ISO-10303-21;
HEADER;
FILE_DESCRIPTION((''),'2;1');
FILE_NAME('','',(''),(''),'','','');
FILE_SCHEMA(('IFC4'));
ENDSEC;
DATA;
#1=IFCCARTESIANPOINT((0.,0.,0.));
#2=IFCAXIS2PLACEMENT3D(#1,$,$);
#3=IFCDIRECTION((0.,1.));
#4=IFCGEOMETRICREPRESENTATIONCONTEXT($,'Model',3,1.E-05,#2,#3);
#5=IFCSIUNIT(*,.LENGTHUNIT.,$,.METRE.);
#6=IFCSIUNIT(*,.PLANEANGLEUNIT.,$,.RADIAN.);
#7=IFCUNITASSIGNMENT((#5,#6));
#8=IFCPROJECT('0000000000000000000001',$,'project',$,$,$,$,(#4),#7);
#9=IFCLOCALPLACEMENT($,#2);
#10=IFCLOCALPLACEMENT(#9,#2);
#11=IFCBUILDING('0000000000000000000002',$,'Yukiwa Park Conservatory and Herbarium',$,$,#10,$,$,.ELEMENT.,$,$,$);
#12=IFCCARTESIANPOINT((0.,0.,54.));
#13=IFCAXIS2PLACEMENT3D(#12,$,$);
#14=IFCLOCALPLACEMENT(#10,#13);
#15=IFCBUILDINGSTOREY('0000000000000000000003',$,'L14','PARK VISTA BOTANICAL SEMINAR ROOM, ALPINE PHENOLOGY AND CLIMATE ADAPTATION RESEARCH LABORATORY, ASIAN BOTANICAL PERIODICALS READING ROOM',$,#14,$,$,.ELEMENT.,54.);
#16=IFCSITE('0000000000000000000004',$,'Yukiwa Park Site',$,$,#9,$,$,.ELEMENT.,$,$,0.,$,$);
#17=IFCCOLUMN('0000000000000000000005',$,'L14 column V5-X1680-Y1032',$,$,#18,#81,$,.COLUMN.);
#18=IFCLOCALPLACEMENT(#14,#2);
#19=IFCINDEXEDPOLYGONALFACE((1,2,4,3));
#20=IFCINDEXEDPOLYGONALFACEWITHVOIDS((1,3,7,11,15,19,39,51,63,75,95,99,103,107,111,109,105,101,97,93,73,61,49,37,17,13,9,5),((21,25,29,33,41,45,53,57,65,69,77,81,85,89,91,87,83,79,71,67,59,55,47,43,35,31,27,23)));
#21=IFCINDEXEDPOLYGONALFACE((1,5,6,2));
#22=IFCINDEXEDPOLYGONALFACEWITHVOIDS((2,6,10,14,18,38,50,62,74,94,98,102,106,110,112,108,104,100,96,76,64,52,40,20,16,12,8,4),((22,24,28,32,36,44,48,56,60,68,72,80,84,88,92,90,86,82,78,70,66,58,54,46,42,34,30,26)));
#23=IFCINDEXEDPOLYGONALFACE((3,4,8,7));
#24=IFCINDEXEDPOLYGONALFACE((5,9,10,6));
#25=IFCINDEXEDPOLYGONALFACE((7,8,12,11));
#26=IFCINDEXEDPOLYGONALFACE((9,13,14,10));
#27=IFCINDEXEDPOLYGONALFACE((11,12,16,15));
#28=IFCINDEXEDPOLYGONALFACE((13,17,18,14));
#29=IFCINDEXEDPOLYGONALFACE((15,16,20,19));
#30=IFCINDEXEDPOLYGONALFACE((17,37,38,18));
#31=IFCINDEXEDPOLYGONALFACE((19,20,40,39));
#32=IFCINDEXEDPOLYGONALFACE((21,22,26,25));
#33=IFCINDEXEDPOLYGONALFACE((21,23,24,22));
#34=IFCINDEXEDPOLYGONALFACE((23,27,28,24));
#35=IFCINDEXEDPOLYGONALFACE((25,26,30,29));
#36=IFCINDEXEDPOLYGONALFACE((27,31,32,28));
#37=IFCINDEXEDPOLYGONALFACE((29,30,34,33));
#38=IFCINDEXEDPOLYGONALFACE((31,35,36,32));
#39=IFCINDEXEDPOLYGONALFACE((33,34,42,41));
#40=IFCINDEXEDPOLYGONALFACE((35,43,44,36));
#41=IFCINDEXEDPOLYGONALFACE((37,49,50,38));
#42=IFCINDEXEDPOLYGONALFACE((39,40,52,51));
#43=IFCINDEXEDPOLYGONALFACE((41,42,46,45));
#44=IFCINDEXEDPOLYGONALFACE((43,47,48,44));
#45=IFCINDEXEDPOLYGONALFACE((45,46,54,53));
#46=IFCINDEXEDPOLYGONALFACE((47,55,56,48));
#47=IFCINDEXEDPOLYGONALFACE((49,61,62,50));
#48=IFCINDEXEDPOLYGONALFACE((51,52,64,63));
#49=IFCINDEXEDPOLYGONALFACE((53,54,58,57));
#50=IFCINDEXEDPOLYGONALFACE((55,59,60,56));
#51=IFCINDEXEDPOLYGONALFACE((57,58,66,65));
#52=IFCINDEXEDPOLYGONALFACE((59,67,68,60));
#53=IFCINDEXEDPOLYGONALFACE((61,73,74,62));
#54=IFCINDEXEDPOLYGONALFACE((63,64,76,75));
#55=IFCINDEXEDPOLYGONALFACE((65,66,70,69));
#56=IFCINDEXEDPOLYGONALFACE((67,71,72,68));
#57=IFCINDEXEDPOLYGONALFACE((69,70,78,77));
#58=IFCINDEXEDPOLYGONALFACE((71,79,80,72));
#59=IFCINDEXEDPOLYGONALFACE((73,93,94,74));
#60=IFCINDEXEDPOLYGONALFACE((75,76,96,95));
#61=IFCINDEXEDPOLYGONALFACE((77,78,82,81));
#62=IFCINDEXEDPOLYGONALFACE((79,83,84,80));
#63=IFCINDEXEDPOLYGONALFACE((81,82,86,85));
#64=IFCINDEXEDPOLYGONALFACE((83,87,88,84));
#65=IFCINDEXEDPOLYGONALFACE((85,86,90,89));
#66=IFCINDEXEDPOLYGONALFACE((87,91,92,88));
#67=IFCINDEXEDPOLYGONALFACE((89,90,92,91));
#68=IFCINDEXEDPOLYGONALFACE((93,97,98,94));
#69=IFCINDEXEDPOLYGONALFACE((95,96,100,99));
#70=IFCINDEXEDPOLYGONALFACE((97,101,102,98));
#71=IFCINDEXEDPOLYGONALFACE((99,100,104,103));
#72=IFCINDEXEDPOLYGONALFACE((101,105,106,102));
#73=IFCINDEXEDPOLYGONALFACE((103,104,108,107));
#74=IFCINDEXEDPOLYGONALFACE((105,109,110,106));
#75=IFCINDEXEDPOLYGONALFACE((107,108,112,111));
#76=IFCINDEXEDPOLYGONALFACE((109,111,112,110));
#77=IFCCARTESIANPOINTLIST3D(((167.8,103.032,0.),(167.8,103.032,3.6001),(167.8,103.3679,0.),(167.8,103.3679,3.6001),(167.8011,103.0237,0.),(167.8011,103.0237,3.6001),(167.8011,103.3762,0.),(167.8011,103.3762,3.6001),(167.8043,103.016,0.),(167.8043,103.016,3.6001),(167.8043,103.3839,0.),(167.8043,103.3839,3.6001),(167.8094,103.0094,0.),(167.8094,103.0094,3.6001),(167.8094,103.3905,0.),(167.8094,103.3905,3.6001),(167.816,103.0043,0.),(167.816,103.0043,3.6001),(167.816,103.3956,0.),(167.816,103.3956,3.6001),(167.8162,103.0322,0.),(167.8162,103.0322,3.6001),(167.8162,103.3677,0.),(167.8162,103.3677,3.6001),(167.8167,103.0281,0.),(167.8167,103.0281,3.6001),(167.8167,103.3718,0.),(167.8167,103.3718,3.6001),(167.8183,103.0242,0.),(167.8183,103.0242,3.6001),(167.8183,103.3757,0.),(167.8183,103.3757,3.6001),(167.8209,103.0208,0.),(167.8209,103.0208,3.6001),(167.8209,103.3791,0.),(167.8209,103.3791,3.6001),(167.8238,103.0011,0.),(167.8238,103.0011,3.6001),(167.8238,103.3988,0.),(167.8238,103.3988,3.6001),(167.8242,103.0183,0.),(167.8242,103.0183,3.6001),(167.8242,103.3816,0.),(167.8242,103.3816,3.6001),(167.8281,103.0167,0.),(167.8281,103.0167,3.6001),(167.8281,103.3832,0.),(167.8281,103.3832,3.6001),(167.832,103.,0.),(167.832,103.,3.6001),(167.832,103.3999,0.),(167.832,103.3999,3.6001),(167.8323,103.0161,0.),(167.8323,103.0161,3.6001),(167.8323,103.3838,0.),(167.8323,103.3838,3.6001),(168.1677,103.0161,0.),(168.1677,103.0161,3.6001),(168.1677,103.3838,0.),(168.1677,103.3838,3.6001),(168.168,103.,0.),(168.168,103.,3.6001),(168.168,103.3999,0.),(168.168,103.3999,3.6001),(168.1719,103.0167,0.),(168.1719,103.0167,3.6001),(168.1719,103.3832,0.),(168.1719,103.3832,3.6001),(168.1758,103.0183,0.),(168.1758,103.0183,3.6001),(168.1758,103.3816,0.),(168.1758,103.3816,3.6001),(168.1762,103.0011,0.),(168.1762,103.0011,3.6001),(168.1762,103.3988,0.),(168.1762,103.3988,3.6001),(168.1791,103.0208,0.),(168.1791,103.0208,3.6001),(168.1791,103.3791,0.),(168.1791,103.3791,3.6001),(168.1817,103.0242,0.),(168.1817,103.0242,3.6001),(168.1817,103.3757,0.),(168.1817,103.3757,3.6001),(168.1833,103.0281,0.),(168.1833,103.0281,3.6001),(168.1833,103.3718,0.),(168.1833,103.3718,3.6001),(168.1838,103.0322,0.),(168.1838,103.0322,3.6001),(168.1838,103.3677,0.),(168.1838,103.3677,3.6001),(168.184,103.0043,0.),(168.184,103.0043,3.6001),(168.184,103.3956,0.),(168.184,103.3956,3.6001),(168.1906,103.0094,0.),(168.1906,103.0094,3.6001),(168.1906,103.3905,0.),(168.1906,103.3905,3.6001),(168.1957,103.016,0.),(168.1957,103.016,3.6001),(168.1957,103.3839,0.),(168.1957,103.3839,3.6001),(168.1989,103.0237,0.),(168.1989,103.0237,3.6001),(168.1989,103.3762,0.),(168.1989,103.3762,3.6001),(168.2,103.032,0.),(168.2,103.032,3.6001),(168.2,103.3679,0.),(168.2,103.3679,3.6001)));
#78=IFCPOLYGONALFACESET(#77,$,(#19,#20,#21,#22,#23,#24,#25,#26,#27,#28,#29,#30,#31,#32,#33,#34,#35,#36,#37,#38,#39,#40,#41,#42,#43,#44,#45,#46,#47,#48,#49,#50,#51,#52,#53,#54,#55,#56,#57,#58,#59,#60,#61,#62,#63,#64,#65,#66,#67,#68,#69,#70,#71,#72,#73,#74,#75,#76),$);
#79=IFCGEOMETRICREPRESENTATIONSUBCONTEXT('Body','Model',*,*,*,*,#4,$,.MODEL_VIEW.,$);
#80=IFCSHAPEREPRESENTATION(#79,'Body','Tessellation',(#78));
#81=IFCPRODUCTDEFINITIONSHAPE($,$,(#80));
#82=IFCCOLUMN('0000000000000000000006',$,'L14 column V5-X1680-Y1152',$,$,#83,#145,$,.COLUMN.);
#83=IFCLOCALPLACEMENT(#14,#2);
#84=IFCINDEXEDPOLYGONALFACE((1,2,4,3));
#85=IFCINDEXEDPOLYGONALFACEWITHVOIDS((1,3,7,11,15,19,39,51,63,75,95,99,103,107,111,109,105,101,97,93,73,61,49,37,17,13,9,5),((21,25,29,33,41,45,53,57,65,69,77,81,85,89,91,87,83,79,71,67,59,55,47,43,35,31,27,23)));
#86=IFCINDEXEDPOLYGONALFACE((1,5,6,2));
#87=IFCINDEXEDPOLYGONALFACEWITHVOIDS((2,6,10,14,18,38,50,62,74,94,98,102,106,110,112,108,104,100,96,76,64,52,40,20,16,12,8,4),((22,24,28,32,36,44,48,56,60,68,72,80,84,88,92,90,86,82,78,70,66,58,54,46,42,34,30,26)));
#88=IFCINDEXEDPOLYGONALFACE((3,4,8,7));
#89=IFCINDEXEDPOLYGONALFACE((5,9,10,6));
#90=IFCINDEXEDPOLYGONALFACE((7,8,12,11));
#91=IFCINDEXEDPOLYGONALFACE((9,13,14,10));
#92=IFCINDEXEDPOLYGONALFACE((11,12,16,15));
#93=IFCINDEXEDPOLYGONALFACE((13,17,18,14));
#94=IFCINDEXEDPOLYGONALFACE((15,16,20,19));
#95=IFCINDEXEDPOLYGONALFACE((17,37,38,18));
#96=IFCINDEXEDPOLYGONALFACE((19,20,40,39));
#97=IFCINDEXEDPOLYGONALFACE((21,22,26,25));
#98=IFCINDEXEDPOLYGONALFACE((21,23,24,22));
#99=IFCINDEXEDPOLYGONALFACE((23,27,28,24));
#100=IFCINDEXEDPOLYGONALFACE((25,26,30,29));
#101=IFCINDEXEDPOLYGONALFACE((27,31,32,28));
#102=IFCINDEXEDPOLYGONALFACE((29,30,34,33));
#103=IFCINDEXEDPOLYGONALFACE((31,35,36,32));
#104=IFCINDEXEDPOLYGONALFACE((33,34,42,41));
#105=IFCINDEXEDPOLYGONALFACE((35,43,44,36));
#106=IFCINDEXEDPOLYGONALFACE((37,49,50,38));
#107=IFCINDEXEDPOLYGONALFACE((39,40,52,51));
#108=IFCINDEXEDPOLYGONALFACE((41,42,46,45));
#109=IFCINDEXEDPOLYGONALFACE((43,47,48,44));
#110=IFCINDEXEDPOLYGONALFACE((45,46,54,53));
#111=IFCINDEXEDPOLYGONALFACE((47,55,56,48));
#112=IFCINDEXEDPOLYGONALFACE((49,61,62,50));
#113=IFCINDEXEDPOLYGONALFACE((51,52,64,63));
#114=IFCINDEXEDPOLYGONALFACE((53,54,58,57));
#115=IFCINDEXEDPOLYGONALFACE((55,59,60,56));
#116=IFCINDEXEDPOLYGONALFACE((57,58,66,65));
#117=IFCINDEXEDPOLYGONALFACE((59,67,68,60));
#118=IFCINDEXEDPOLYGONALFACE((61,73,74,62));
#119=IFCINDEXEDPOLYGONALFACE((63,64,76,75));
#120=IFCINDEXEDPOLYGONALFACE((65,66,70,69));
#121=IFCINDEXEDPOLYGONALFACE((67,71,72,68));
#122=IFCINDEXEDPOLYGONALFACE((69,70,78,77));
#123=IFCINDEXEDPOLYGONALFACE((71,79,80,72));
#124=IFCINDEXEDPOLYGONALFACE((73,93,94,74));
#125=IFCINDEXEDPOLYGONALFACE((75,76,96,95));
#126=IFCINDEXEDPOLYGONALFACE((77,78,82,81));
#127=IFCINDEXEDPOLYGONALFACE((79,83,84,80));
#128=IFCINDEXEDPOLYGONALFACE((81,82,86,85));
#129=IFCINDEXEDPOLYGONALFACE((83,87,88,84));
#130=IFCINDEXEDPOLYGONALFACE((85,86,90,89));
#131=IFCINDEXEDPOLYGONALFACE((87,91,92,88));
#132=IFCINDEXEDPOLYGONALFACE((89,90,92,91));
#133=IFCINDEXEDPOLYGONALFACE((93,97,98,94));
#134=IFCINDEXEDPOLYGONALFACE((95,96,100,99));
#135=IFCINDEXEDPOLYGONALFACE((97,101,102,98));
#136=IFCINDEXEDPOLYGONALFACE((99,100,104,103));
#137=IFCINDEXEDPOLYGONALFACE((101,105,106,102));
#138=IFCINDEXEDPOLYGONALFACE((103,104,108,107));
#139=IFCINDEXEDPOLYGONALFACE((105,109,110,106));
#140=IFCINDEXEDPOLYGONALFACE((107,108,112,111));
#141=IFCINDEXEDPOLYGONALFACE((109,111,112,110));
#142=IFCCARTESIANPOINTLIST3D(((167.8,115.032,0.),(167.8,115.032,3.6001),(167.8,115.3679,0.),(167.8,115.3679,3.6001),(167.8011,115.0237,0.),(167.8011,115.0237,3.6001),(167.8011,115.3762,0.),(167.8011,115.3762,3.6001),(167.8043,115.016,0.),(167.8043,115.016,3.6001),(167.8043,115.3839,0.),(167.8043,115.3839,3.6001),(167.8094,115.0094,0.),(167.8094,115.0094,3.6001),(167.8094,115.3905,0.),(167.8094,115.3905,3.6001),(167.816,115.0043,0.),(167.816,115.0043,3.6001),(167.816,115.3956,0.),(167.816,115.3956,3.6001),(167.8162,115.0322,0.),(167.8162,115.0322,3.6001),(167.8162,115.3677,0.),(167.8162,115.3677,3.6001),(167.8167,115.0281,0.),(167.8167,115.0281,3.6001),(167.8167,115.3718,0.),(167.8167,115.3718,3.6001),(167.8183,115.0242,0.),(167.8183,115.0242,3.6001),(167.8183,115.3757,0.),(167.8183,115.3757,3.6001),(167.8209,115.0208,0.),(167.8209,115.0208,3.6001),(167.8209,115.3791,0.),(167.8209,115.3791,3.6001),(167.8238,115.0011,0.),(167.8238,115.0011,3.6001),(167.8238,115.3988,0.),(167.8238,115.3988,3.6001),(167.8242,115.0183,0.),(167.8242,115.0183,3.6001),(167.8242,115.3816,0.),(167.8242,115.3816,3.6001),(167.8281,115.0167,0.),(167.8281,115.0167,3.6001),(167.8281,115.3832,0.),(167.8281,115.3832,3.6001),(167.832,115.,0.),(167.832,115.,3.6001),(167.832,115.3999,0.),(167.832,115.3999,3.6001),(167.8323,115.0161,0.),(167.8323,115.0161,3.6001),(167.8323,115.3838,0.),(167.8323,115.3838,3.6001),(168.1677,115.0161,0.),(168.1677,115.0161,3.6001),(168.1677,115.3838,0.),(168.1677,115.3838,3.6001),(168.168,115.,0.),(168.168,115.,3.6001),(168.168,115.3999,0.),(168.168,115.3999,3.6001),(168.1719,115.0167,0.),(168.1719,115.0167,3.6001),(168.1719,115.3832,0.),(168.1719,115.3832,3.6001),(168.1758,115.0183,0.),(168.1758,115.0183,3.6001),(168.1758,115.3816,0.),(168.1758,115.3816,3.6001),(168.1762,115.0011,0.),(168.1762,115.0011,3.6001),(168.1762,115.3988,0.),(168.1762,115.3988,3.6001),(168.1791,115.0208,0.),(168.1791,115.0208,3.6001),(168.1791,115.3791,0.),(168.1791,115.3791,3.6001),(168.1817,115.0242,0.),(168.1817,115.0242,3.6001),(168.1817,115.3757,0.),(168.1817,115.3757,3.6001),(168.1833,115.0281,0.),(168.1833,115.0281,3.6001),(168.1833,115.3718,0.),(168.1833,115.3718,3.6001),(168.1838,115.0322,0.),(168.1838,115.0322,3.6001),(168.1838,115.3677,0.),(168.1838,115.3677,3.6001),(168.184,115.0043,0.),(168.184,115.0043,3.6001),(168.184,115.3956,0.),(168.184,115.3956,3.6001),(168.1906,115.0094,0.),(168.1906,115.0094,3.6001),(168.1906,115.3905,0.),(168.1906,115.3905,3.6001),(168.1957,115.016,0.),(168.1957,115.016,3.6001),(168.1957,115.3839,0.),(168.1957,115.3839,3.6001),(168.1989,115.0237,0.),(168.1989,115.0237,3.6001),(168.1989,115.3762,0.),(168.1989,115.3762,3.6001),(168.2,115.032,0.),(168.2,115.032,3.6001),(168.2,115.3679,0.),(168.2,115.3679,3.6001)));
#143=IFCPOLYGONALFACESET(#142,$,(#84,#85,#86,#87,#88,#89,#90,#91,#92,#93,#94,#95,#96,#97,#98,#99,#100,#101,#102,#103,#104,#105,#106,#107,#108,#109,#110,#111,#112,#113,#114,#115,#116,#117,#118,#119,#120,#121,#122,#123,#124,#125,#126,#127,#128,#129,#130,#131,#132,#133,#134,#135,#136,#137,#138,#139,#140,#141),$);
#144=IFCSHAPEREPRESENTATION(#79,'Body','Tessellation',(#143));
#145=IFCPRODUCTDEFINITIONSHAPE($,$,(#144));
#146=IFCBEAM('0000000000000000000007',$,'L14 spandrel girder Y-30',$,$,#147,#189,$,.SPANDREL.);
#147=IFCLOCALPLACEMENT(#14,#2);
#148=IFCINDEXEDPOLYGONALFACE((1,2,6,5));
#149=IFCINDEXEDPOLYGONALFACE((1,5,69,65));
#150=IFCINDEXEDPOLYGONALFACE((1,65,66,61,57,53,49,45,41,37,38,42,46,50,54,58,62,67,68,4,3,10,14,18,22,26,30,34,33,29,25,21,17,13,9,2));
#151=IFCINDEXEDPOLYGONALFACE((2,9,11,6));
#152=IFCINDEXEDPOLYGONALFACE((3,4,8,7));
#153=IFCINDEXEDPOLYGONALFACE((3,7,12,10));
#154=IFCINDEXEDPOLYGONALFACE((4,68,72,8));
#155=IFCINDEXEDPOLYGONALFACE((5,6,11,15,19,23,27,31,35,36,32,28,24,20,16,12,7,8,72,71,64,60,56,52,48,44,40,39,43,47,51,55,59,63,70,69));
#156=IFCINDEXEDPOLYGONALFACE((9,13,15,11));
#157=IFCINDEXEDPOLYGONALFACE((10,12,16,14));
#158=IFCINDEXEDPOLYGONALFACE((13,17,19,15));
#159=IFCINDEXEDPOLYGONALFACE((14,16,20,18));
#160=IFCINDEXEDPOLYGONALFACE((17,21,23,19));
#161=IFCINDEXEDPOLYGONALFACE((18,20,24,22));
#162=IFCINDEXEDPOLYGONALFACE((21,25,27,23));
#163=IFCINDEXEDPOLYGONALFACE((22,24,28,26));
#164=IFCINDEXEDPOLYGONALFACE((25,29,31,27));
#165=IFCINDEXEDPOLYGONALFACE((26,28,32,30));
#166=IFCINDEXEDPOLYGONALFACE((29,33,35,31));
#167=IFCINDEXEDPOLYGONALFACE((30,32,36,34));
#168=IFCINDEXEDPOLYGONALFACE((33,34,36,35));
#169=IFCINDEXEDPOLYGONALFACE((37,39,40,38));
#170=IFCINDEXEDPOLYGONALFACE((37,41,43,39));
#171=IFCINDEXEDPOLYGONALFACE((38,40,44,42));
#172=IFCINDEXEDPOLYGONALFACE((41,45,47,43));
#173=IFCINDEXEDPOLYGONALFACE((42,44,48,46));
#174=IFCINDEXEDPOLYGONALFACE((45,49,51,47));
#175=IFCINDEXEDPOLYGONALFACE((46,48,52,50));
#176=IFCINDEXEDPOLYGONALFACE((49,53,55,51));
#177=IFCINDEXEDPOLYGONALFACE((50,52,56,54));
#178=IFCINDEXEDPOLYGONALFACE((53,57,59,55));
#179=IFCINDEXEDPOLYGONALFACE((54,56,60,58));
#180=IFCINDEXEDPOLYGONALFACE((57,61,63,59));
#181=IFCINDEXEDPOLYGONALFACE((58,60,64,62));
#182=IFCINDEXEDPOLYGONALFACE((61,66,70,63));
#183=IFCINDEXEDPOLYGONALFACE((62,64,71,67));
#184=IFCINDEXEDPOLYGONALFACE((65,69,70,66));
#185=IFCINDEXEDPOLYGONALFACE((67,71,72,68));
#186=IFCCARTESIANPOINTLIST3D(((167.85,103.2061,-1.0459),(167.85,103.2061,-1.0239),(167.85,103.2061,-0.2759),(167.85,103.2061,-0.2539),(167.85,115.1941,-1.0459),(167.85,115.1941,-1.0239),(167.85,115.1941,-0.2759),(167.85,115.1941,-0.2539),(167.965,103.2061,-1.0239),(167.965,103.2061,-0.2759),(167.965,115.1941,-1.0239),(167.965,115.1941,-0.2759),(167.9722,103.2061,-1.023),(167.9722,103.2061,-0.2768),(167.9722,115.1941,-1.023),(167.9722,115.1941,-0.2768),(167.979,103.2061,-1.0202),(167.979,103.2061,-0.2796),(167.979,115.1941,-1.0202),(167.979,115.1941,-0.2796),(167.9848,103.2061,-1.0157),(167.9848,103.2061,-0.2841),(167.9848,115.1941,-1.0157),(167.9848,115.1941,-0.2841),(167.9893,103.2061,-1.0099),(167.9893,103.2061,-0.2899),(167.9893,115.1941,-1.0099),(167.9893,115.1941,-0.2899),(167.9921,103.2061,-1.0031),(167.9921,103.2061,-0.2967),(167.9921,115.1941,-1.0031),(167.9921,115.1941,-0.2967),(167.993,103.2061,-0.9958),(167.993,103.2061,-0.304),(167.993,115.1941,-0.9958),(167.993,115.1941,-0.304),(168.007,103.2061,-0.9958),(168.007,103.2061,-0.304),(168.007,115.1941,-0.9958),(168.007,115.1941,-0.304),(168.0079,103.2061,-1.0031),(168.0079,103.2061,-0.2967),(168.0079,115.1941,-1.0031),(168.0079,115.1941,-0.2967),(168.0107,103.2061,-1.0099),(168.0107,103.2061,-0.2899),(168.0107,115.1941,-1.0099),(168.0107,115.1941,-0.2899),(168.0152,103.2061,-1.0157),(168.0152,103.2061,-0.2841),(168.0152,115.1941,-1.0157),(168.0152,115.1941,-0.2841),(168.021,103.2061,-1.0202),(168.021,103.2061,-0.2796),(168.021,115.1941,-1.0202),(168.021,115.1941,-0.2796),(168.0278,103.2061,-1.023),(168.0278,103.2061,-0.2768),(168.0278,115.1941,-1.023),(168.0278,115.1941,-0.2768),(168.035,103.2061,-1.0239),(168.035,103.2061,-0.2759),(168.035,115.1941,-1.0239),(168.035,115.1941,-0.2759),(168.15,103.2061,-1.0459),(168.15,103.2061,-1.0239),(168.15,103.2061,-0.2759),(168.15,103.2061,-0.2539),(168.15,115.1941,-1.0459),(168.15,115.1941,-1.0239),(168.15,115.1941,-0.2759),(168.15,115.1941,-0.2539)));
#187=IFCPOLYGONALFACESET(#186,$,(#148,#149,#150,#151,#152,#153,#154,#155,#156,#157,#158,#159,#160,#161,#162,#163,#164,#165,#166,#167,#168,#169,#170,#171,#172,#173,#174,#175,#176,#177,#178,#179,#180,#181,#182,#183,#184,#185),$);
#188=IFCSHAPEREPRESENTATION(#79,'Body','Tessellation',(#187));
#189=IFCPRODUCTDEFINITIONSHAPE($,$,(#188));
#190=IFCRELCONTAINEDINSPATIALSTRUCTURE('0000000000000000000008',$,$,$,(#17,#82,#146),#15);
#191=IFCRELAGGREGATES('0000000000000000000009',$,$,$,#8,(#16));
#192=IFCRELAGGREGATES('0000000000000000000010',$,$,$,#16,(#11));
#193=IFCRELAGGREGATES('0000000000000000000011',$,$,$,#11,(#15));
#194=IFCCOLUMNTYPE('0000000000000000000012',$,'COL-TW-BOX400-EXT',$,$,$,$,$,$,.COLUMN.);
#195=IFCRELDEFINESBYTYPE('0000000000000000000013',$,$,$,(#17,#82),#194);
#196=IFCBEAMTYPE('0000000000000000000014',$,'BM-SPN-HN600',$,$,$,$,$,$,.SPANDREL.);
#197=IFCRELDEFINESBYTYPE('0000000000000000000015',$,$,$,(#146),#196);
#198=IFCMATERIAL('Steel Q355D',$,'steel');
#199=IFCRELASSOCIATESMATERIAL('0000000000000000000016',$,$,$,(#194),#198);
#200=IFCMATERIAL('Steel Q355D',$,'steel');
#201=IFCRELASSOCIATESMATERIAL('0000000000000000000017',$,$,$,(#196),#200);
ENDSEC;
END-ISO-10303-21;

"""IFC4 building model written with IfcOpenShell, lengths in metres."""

from ifc_helpers import new_model, si_unit, direction, frame, origin, origin_2d, place, context, subcontext, project, spatial, hollow_rectangle, i_section, extrude, material, material_profile, profile_set, type_object, element, save


model = new_model("IFC4")

# Units and contexts
model_context = context("Model", 3, precision=1e-05, world=origin(), true_north=direction((0.0, 1.0)))
body_context = subcontext(model_context, "Body", "Model", "MODEL_VIEW")
ifc_project = project(units=[si_unit("LENGTHUNIT", "METRE"), si_unit("PLANEANGLEUNIT", "RADIAN")], contexts=[model_context])

# Site, building, storey
site_placement = place(None, origin())
site = spatial("IfcSite", under=ifc_project, at=site_placement, Name="Yukiwa Park Site", CompositionType="ELEMENT", RefElevation=0.0)
building_placement = place(site_placement, origin())
building = spatial("IfcBuilding", under=site, at=building_placement, Name="Yukiwa Park Conservatory and Herbarium", CompositionType="ELEMENT")
storey_placement = place(building_placement, frame((0.0, 0.0, 54.0)))
storey = spatial("IfcBuildingStorey", under=building, at=storey_placement, Name="L14", Description="PARK VISTA BOTANICAL SEMINAR ROOM, ALPINE PHENOLOGY AND CLIMATE ADAPTATION RESEARCH LABORATORY, ASIAN BOTANICAL PERIODICALS READING ROOM", CompositionType="ELEMENT", Elevation=54.0)

# Columns
ifc_material_1 = material(Name="Steel Q355D", Category="steel")
ifc_material_profile_1 = material_profile(ifc_material_1, hollow_rectangle(XDim=0.3999, YDim=0.3999, WallThickness=0.0161, InnerFilletRadius=0.0161, OuterFilletRadius=0.032, at=origin_2d()), Name="BOX 400x400x16")
ifc_profile_set_1 = profile_set([ifc_material_profile_1], Name="Steel Q355D")
column_type = type_object("IfcColumnType", Name="COL-TW-BOX400-EXT", PredefinedType="COLUMN", material=ifc_profile_set_1)
for number, where, z_axis, x_axis, name in (
    (1, (168.0, 103.2, 0.0), (0.0, 0.0, 1.0), (1.0, 0.0, 0.0), "L14 column V5-X1680-Y1032"),
    (2, (168.0, 115.2, 0.0), (0.0, 0.0, 1.0), (1.0, 0.0, 0.0), "L14 column V5-X1680-Y1152"),
):
    element("IfcColumn", number, at=place(storey_placement, frame(where, z_axis=z_axis, x_axis=x_axis)), inside=storey, type_object=column_type, Name=name, PredefinedType="COLUMN", context=body_context, shape_type="SweptSolid", body=[
        extrude(hollow_rectangle(XDim=0.3999, YDim=0.3999, WallThickness=0.0161, InnerFilletRadius=0.0161, OuterFilletRadius=0.032, at=origin_2d()), origin(), (0.0, 0.0, 1.0), 3.6001),
    ])

# Beam
ifc_material_2 = material(Name="Steel Q355D", Category="steel")
ifc_material_profile_2 = material_profile(ifc_material_2, i_section(OverallWidth=0.3, OverallDepth=0.792, WebThickness=0.0139, FlangeThickness=0.022, FilletRadius=0.0281, at=origin_2d()), Name="HN 792x300x14x22")
ifc_profile_set_2 = profile_set([ifc_material_profile_2], Name="Steel Q355D")
beam_type_1 = type_object("IfcBeamType", Name="BM-SPN-HN600", PredefinedType="SPANDREL", material=ifc_profile_set_2)
beam_1_placement = place(storey_placement, frame((168.0, 103.2061, -0.6499), z_axis=(0.0, 1.0, 0.0), x_axis=(-1.0, 0.0, 0.0)))
element("IfcBeam", 3, at=beam_1_placement, inside=storey, type_object=beam_type_1, Name="L14 spandrel girder Y-30", PredefinedType="SPANDREL", context=body_context, shape_type="SweptSolid", body=[
    extrude(i_section(OverallWidth=0.3, OverallDepth=0.792, WebThickness=0.0139, FlangeThickness=0.022, FilletRadius=0.0281, at=origin_2d()), origin(), (0.0, 0.0, 1.0), 11.988),
])

save(model, "model.ifc")
